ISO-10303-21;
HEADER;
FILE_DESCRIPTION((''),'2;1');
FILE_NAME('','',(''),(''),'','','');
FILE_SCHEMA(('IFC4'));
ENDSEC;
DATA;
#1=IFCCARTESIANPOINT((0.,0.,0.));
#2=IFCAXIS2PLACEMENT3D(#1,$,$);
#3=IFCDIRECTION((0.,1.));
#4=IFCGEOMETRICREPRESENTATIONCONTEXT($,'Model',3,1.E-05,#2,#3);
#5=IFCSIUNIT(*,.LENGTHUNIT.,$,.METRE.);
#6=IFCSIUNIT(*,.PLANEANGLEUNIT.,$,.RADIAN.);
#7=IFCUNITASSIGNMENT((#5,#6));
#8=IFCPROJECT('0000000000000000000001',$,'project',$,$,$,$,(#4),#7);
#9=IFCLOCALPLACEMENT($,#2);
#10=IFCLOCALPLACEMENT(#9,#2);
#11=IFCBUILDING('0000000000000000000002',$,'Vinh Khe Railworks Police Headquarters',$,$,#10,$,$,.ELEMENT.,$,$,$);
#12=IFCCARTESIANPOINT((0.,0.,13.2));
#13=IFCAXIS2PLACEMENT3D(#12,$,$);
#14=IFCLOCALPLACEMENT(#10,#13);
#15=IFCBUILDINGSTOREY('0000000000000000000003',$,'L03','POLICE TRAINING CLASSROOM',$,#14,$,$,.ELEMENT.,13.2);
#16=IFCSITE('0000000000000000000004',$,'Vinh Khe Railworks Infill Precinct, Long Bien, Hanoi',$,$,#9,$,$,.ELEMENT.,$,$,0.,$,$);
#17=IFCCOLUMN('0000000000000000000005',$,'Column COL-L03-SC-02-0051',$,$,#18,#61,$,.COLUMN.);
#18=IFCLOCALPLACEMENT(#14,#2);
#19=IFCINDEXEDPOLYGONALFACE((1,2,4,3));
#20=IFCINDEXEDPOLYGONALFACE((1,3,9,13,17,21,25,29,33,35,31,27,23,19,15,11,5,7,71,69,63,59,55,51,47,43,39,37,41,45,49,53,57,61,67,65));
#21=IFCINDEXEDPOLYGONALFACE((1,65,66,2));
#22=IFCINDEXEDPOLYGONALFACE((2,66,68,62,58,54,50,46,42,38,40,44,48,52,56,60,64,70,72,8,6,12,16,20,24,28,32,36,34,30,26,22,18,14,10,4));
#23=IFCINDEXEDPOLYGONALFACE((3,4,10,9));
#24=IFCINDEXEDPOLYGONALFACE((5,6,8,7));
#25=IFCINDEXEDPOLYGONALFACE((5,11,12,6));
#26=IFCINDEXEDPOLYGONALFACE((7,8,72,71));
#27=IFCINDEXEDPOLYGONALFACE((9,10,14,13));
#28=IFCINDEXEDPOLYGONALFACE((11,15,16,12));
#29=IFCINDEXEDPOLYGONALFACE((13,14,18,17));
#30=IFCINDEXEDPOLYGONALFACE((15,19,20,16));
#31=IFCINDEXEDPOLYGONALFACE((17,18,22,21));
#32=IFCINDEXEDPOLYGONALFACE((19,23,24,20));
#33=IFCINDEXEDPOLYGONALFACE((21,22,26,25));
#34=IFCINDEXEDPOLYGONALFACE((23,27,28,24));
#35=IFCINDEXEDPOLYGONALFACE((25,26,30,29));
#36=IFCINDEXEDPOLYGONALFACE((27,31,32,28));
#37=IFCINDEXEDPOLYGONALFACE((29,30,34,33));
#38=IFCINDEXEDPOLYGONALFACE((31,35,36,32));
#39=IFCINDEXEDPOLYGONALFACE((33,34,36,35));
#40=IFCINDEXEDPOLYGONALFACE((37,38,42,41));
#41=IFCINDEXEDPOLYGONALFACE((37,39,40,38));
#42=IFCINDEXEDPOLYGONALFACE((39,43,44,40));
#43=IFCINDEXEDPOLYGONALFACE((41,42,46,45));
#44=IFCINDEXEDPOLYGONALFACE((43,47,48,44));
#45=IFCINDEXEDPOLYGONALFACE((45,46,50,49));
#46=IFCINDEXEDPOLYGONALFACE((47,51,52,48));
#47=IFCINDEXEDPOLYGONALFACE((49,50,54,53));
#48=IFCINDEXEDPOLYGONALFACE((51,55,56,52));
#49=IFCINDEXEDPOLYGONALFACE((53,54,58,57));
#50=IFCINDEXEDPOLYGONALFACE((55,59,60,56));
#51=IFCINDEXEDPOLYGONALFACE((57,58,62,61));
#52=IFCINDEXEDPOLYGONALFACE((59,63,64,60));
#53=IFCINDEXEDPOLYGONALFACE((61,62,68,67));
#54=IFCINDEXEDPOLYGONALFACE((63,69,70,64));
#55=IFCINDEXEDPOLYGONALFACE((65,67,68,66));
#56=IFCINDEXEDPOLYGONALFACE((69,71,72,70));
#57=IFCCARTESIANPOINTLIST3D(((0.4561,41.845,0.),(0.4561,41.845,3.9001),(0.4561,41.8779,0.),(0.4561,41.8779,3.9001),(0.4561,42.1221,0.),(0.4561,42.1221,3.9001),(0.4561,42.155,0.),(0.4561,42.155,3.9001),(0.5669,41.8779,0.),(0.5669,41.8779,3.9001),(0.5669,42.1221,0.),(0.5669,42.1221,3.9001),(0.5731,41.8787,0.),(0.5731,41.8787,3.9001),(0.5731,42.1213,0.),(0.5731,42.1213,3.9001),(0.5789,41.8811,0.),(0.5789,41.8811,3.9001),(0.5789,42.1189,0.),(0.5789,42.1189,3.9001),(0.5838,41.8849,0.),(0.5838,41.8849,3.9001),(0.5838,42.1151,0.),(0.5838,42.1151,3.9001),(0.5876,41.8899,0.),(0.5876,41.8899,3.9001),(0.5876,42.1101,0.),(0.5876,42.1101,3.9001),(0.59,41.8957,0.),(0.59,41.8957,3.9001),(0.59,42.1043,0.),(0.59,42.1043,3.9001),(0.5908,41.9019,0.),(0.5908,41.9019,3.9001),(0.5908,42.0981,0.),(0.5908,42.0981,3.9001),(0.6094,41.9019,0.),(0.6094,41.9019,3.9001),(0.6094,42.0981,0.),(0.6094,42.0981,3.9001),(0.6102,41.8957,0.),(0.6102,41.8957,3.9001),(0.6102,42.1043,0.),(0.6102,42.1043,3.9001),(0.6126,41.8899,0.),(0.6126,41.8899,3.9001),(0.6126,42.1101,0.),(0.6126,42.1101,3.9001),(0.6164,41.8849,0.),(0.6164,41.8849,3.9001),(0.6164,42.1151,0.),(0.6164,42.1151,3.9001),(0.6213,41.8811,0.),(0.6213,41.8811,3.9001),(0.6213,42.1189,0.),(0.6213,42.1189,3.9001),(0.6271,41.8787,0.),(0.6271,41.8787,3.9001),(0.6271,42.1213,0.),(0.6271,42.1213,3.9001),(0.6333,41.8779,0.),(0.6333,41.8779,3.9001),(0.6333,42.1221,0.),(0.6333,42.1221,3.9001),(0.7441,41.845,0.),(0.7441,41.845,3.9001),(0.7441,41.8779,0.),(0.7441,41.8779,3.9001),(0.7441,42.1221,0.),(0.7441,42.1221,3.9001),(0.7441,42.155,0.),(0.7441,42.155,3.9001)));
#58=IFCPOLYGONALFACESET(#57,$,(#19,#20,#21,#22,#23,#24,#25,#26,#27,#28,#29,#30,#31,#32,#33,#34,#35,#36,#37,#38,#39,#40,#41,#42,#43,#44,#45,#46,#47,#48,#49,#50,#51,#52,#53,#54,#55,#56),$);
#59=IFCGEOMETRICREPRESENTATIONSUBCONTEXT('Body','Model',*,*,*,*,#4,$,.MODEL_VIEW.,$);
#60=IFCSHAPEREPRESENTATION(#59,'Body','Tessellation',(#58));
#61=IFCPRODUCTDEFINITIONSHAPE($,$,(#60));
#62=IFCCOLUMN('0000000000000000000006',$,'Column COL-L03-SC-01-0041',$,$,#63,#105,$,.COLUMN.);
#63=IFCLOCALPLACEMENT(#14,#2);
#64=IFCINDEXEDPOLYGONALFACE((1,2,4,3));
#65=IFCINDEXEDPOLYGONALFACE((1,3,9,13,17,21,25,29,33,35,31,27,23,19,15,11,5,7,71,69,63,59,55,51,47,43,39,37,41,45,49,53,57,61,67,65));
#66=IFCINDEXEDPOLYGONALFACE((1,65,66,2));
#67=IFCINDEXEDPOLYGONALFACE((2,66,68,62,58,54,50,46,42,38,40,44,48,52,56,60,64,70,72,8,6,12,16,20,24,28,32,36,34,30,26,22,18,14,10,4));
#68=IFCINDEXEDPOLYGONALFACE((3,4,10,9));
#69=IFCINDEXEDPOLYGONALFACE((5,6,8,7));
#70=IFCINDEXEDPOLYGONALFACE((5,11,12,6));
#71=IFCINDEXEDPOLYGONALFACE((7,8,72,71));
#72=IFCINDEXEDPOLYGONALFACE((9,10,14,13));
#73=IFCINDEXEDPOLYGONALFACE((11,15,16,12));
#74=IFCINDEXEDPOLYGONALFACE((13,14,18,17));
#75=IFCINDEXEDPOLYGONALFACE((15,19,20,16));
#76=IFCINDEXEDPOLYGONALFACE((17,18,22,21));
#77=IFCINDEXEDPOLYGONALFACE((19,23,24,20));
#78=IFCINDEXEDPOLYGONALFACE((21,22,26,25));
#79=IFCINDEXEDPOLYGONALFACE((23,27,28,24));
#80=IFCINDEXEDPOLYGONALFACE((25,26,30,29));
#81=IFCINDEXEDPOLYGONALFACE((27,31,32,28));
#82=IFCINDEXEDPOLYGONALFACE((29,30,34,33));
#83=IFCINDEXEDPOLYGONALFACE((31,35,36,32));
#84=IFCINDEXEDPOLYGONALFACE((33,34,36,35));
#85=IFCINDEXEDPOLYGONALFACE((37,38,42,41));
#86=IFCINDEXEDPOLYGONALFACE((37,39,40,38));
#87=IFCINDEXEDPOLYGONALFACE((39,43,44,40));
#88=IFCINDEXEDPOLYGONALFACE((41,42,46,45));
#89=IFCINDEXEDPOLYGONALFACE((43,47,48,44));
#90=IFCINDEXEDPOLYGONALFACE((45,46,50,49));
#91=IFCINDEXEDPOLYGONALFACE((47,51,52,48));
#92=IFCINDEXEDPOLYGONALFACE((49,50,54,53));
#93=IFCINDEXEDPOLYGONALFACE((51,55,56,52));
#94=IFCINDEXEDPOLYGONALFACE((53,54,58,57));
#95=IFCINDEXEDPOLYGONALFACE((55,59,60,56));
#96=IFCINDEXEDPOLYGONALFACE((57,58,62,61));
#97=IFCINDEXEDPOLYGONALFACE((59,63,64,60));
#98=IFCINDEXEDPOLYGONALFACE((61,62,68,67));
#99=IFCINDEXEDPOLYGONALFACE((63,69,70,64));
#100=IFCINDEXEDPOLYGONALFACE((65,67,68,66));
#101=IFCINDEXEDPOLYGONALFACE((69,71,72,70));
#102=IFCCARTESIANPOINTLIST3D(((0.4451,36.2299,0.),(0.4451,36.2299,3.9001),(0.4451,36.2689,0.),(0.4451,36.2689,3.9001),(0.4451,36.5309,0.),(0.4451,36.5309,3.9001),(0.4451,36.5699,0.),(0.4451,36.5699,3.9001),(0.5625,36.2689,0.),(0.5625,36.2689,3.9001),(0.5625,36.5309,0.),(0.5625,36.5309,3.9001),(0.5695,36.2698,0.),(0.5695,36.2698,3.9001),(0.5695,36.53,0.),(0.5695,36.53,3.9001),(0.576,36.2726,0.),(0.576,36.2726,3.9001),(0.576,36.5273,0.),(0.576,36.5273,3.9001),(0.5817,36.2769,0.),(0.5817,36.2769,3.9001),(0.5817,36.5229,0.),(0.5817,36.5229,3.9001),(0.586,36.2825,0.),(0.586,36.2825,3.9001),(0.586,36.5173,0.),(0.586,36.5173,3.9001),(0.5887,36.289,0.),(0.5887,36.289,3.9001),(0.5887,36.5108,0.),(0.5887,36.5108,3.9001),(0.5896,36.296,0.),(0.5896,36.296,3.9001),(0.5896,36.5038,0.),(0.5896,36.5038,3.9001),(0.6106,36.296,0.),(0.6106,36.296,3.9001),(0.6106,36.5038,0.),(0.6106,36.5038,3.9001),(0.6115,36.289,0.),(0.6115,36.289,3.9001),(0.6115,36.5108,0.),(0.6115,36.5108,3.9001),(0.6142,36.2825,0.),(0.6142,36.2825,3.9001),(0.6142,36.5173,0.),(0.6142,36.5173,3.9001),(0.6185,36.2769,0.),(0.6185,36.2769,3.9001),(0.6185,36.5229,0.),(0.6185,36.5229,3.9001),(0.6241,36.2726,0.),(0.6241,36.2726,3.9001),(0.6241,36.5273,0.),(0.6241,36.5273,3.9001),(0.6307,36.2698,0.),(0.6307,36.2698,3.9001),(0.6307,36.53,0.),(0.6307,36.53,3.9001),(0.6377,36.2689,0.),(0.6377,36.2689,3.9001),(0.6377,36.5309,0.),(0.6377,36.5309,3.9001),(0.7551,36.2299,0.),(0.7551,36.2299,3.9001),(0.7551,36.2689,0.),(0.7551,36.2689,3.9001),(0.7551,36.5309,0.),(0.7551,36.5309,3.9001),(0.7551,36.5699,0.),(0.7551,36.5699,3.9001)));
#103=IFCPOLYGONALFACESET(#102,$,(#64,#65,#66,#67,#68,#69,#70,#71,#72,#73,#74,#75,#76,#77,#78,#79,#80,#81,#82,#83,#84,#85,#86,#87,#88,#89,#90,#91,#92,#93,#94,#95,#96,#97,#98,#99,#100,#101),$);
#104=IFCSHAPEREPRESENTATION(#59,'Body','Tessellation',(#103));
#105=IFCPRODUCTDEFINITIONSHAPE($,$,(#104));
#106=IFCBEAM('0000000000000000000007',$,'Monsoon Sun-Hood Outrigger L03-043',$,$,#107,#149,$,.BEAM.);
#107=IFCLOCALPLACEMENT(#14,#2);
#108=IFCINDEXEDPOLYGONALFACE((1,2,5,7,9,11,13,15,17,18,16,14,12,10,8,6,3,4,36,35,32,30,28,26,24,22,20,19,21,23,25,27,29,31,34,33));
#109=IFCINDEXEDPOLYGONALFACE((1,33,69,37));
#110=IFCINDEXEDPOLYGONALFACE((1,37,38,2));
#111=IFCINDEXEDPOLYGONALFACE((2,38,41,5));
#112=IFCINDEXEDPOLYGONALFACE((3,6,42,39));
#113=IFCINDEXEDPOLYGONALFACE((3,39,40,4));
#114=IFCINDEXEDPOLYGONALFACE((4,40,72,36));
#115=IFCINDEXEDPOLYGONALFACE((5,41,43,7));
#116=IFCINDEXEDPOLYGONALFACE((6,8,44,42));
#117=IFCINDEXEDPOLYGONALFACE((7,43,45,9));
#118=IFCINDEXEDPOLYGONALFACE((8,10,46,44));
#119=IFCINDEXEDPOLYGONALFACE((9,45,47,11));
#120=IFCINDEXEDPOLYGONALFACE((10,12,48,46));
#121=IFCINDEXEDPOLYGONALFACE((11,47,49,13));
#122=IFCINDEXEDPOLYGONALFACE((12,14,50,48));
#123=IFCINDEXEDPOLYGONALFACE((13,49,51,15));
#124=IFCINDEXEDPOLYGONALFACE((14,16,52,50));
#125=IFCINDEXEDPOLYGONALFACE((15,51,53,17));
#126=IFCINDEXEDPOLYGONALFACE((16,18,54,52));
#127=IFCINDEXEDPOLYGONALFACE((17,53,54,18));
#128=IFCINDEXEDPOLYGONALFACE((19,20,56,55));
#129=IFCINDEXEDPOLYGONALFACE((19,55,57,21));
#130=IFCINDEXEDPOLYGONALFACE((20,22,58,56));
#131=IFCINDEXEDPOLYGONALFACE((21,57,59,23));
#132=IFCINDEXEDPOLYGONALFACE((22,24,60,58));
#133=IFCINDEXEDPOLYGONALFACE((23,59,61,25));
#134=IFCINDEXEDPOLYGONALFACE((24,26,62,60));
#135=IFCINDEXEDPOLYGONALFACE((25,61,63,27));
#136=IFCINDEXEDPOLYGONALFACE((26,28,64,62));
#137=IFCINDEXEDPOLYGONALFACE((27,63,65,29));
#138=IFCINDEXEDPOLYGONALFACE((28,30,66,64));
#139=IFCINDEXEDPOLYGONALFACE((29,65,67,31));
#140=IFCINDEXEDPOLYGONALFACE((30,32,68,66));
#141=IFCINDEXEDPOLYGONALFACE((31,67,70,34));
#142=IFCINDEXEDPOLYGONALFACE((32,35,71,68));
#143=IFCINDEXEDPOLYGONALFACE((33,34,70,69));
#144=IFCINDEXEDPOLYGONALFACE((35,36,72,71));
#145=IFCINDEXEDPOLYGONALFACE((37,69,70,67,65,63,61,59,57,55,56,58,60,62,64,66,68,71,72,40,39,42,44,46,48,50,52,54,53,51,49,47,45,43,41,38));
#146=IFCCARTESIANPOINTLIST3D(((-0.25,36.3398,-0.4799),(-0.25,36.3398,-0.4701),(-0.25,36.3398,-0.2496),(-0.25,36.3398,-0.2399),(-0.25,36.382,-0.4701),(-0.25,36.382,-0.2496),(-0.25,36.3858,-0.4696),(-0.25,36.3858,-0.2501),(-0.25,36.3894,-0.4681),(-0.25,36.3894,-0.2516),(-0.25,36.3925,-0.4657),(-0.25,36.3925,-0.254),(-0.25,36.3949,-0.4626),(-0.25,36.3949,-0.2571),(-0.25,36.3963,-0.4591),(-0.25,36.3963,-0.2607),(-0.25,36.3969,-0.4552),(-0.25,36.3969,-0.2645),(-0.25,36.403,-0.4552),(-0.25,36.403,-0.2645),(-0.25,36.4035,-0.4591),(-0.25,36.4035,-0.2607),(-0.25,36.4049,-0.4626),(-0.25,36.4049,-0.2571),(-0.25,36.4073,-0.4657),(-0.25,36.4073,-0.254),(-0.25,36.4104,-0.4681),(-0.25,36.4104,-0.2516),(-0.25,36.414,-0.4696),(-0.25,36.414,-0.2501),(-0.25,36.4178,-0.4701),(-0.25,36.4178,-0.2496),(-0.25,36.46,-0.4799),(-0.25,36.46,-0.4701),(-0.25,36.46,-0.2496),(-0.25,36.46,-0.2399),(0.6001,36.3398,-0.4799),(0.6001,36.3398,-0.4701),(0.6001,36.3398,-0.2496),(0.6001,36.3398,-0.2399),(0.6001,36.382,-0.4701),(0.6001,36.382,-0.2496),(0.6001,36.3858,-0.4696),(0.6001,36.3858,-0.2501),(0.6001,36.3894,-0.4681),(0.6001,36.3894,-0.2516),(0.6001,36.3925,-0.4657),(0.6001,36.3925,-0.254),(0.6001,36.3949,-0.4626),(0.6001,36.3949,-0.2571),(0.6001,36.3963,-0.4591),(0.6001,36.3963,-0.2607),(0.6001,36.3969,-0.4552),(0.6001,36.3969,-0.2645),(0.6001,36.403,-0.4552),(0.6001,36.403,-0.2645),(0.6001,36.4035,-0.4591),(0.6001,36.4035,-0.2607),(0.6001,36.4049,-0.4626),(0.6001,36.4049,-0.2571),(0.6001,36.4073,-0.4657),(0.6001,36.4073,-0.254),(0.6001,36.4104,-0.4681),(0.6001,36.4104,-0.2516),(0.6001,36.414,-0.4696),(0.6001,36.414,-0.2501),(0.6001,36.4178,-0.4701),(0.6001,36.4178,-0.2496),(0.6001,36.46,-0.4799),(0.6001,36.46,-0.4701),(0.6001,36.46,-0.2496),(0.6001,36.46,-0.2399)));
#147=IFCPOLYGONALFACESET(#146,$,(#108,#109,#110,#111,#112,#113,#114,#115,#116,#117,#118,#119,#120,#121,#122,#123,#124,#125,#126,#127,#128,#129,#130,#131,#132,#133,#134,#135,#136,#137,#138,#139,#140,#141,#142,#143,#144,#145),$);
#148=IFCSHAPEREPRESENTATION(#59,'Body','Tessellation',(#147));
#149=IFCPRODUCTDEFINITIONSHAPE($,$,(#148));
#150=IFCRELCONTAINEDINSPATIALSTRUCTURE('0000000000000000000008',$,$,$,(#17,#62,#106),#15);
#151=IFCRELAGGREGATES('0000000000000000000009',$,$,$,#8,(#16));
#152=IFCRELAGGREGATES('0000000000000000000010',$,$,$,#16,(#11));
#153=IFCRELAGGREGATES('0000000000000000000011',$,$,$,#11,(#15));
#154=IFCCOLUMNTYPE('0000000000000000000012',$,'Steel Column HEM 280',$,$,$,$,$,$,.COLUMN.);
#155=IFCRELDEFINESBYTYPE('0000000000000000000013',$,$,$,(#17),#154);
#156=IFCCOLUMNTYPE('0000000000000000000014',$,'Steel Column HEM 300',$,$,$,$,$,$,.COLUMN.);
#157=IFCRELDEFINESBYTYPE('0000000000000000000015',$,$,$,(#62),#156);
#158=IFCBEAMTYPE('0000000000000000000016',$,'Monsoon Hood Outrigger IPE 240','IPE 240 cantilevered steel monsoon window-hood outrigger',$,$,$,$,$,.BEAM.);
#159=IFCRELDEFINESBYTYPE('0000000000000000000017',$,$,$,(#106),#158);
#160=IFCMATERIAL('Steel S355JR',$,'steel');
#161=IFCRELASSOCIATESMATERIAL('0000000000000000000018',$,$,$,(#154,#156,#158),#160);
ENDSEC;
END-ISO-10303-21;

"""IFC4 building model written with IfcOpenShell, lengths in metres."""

from ifc_helpers import new_model, si_unit, direction, frame, origin, origin_2d, place, context, subcontext, project, spatial, i_section, extrude, material, material_profile, profile_set, type_object, element, save


model = new_model("IFC4")

# Units and contexts
model_context = context("Model", 3, precision=1e-05, world=origin(), true_north=direction((0.0, 1.0)))
body_context = subcontext(model_context, "Body", "Model", "MODEL_VIEW")
ifc_project = project(units=[si_unit("LENGTHUNIT", "METRE"), si_unit("PLANEANGLEUNIT", "RADIAN")], contexts=[model_context])

# Site, building, storey
site_placement = place(None, origin())
site = spatial("IfcSite", under=ifc_project, at=site_placement, Name="Vinh Khe Railworks Infill Precinct, Long Bien, Hanoi", CompositionType="ELEMENT", RefElevation=0.0)
building_placement = place(site_placement, origin())
building = spatial("IfcBuilding", under=site, at=building_placement, Name="Vinh Khe Railworks Police Headquarters", CompositionType="ELEMENT")
storey_placement = place(building_placement, frame((0.0, 0.0, 13.2)))
storey = spatial("IfcBuildingStorey", under=building, at=storey_placement, Name="L03", Description="POLICE TRAINING CLASSROOM", CompositionType="ELEMENT", Elevation=13.2)

# Columns
ifc_material_1 = material(Name="Steel S355JR", Category="steel")
ifc_material_profile_1 = material_profile(ifc_material_1, i_section(OverallWidth=0.2881, OverallDepth=0.3101, WebThickness=0.0186, FlangeThickness=0.033, FilletRadius=0.0239, at=origin_2d()), Name="HEM 280")
ifc_profile_set_1 = profile_set([ifc_material_profile_1], Name="Steel S355JR")
column_type_1 = type_object("IfcColumnType", Name="Steel Column HEM 280", PredefinedType="COLUMN", material=ifc_profile_set_1)
column_1_placement = place(storey_placement, frame((0.6001, 42.0, 0.0), z_axis=(0.0, 0.0, 1.0), x_axis=(1.0, 0.0, 0.0)))
element("IfcColumn", 1, at=column_1_placement, inside=storey, type_object=column_type_1, Name="Column COL-L03-SC-02-0051", PredefinedType="COLUMN", context=body_context, shape_type="SweptSolid", body=[
    extrude(i_section(OverallWidth=0.2881, OverallDepth=0.3101, WebThickness=0.0186, FlangeThickness=0.033, FilletRadius=0.0239, at=origin_2d()), origin(), (0.0, 0.0, 1.0), 3.9001),
])
ifc_material_profile_2 = material_profile(ifc_material_1, i_section(OverallWidth=0.3101, OverallDepth=0.3401, WebThickness=0.021, FlangeThickness=0.0391, FilletRadius=0.0271, at=origin_2d()), Name="HEM 300")
ifc_profile_set_2 = profile_set([ifc_material_profile_2], Name="Steel S355JR")
column_type_2 = type_object("IfcColumnType", Name="Steel Column HEM 300", PredefinedType="COLUMN", material=ifc_profile_set_2)
column_2_placement = place(storey_placement, frame((0.6001, 36.3999, 0.0), z_axis=(0.0, 0.0, 1.0), x_axis=(1.0, 0.0, 0.0)))
element("IfcColumn", 2, at=column_2_placement, inside=storey, type_object=column_type_2, Name="Column COL-L03-SC-01-0041", PredefinedType="COLUMN", context=body_context, shape_type="SweptSolid", body=[
    extrude(i_section(OverallWidth=0.3101, OverallDepth=0.3401, WebThickness=0.021, FlangeThickness=0.0391, FilletRadius=0.0271, at=origin_2d()), origin(), (0.0, 0.0, 1.0), 3.9001),
])

# Beam
ifc_material_profile_3 = material_profile(ifc_material_1, i_section(OverallWidth=0.1201, OverallDepth=0.24, WebThickness=0.0061, FlangeThickness=0.0098, FilletRadius=0.0149, at=origin_2d()), Name="IPE 240")
ifc_profile_set_3 = profile_set([ifc_material_profile_3], Name="Steel S355JR")
beam_type_1 = type_object("IfcBeamType", Name="Monsoon Hood Outrigger IPE 240", Description="IPE 240 cantilevered steel monsoon window-hood outrigger", PredefinedType="BEAM", material=ifc_profile_set_3)
beam_1_placement = place(storey_placement, frame((-0.25, 36.3999, -0.3599), z_axis=(1.0, 0.0, 0.0), x_axis=(0.0, 1.0, 0.0)))
element("IfcBeam", 3, at=beam_1_placement, inside=storey, type_object=beam_type_1, Name="Monsoon Sun-Hood Outrigger L03-043", PredefinedType="BEAM", context=body_context, shape_type="SweptSolid", body=[
    extrude(i_section(OverallWidth=0.1201, OverallDepth=0.24, WebThickness=0.0061, FlangeThickness=0.0098, FilletRadius=0.0149, at=origin_2d()), origin(), (0.0, 0.0, 1.0), 0.8501),
])

save(model, "model.ifc")
